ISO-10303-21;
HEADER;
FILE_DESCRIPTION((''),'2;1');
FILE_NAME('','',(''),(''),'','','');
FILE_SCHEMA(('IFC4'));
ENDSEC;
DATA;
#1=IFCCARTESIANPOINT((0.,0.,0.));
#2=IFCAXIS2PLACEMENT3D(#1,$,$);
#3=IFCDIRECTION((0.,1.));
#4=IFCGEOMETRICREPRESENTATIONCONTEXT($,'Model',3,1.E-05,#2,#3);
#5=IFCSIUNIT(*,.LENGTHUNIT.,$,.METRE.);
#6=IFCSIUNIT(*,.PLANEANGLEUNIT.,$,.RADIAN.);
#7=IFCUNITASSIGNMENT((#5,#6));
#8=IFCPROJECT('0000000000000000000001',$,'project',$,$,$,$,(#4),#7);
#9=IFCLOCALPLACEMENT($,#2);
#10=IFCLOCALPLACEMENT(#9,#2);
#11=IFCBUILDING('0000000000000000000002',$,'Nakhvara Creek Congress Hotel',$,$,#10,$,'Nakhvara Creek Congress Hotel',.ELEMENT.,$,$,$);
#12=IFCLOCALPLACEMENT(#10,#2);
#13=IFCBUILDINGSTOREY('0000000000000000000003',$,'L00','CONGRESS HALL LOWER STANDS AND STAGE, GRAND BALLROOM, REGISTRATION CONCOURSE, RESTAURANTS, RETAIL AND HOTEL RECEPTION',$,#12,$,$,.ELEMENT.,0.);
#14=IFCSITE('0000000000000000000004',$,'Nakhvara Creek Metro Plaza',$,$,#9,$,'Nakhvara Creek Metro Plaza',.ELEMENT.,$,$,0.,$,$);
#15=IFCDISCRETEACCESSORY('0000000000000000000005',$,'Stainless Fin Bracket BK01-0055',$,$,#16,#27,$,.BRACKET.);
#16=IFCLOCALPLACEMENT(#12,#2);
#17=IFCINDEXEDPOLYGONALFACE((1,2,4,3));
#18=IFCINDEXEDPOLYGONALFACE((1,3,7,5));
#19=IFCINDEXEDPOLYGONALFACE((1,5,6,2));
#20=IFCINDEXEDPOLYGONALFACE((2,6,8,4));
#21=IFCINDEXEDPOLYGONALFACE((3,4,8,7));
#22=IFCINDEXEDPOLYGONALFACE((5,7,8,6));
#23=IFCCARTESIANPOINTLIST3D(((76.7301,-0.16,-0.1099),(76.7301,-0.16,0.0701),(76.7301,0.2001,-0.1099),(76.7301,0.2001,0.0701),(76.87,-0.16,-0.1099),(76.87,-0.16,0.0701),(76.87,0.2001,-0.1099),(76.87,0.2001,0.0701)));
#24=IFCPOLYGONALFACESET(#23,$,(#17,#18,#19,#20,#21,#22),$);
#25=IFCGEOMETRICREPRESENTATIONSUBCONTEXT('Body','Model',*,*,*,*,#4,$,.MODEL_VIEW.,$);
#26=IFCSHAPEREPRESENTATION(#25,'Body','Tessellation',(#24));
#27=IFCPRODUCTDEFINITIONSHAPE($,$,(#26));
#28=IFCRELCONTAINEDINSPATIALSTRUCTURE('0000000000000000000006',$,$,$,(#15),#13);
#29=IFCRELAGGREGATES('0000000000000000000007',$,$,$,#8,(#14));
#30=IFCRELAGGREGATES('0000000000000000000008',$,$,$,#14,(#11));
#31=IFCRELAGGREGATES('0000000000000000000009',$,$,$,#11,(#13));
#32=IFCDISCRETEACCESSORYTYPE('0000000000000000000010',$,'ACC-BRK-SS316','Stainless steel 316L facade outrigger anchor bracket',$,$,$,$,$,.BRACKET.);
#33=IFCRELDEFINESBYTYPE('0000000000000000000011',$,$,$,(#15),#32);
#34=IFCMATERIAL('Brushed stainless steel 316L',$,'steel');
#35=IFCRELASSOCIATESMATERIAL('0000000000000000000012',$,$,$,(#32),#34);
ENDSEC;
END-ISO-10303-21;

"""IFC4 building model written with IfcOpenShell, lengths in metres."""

from ifc_helpers import new_model, si_unit, direction, frame, origin, origin_2d, place, context, subcontext, project, spatial, rectangle, extrude, material, type_object, element, save


model = new_model("IFC4")

# Units and contexts
model_context = context("Model", 3, precision=1e-05, world=origin(), true_north=direction((0.0, 1.0)))
body_context = subcontext(model_context, "Body", "Model", "MODEL_VIEW")
ifc_project = project(units=[si_unit("LENGTHUNIT", "METRE"), si_unit("PLANEANGLEUNIT", "RADIAN")], contexts=[model_context])

# Site, building, storey
site_placement = place(None, origin())
site = spatial("IfcSite", under=ifc_project, at=site_placement, Name="Nakhvara Creek Metro Plaza", LongName="Nakhvara Creek Metro Plaza", CompositionType="ELEMENT", RefElevation=0.0)
building_placement = place(site_placement, origin())
building = spatial("IfcBuilding", under=site, at=building_placement, Name="Nakhvara Creek Congress Hotel", LongName="Nakhvara Creek Congress Hotel", CompositionType="ELEMENT")
storey_placement = place(building_placement, origin())
storey = spatial("IfcBuildingStorey", under=building, at=storey_placement, Name="L00", Description="CONGRESS HALL LOWER STANDS AND STAGE, GRAND BALLROOM, REGISTRATION CONCOURSE, RESTAURANTS, RETAIL AND HOTEL RECEPTION", CompositionType="ELEMENT", Elevation=0.0)

# Discrete accessory
ifc_material_1 = material(Name="Brushed stainless steel 316L", Category="steel")
discrete_accessory_type = type_object("IfcDiscreteAccessoryType", Name="ACC-BRK-SS316", Description="Stainless steel 316L facade outrigger anchor bracket", PredefinedType="BRACKET", material=ifc_material_1)
for number, where, z_axis, x_axis, name in (
    (1, (76.8, 0.02, -0.1099), (0.0, 0.0, 1.0), (1.0, 0.0, 0.0), "Stainless Fin Bracket BK01-0055"),
):
    element("IfcDiscreteAccessory", number, at=place(storey_placement, frame(where, z_axis=z_axis, x_axis=x_axis)), inside=storey, type_object=discrete_accessory_type, Name=name, PredefinedType="BRACKET", context=body_context, shape_type="SweptSolid", body=[
        extrude(rectangle(XDim=0.1399, YDim=0.3601, at=origin_2d()), origin(), (0.0, 0.0, 1.0), 0.1799),
    ])

save(model, "model.ifc")
